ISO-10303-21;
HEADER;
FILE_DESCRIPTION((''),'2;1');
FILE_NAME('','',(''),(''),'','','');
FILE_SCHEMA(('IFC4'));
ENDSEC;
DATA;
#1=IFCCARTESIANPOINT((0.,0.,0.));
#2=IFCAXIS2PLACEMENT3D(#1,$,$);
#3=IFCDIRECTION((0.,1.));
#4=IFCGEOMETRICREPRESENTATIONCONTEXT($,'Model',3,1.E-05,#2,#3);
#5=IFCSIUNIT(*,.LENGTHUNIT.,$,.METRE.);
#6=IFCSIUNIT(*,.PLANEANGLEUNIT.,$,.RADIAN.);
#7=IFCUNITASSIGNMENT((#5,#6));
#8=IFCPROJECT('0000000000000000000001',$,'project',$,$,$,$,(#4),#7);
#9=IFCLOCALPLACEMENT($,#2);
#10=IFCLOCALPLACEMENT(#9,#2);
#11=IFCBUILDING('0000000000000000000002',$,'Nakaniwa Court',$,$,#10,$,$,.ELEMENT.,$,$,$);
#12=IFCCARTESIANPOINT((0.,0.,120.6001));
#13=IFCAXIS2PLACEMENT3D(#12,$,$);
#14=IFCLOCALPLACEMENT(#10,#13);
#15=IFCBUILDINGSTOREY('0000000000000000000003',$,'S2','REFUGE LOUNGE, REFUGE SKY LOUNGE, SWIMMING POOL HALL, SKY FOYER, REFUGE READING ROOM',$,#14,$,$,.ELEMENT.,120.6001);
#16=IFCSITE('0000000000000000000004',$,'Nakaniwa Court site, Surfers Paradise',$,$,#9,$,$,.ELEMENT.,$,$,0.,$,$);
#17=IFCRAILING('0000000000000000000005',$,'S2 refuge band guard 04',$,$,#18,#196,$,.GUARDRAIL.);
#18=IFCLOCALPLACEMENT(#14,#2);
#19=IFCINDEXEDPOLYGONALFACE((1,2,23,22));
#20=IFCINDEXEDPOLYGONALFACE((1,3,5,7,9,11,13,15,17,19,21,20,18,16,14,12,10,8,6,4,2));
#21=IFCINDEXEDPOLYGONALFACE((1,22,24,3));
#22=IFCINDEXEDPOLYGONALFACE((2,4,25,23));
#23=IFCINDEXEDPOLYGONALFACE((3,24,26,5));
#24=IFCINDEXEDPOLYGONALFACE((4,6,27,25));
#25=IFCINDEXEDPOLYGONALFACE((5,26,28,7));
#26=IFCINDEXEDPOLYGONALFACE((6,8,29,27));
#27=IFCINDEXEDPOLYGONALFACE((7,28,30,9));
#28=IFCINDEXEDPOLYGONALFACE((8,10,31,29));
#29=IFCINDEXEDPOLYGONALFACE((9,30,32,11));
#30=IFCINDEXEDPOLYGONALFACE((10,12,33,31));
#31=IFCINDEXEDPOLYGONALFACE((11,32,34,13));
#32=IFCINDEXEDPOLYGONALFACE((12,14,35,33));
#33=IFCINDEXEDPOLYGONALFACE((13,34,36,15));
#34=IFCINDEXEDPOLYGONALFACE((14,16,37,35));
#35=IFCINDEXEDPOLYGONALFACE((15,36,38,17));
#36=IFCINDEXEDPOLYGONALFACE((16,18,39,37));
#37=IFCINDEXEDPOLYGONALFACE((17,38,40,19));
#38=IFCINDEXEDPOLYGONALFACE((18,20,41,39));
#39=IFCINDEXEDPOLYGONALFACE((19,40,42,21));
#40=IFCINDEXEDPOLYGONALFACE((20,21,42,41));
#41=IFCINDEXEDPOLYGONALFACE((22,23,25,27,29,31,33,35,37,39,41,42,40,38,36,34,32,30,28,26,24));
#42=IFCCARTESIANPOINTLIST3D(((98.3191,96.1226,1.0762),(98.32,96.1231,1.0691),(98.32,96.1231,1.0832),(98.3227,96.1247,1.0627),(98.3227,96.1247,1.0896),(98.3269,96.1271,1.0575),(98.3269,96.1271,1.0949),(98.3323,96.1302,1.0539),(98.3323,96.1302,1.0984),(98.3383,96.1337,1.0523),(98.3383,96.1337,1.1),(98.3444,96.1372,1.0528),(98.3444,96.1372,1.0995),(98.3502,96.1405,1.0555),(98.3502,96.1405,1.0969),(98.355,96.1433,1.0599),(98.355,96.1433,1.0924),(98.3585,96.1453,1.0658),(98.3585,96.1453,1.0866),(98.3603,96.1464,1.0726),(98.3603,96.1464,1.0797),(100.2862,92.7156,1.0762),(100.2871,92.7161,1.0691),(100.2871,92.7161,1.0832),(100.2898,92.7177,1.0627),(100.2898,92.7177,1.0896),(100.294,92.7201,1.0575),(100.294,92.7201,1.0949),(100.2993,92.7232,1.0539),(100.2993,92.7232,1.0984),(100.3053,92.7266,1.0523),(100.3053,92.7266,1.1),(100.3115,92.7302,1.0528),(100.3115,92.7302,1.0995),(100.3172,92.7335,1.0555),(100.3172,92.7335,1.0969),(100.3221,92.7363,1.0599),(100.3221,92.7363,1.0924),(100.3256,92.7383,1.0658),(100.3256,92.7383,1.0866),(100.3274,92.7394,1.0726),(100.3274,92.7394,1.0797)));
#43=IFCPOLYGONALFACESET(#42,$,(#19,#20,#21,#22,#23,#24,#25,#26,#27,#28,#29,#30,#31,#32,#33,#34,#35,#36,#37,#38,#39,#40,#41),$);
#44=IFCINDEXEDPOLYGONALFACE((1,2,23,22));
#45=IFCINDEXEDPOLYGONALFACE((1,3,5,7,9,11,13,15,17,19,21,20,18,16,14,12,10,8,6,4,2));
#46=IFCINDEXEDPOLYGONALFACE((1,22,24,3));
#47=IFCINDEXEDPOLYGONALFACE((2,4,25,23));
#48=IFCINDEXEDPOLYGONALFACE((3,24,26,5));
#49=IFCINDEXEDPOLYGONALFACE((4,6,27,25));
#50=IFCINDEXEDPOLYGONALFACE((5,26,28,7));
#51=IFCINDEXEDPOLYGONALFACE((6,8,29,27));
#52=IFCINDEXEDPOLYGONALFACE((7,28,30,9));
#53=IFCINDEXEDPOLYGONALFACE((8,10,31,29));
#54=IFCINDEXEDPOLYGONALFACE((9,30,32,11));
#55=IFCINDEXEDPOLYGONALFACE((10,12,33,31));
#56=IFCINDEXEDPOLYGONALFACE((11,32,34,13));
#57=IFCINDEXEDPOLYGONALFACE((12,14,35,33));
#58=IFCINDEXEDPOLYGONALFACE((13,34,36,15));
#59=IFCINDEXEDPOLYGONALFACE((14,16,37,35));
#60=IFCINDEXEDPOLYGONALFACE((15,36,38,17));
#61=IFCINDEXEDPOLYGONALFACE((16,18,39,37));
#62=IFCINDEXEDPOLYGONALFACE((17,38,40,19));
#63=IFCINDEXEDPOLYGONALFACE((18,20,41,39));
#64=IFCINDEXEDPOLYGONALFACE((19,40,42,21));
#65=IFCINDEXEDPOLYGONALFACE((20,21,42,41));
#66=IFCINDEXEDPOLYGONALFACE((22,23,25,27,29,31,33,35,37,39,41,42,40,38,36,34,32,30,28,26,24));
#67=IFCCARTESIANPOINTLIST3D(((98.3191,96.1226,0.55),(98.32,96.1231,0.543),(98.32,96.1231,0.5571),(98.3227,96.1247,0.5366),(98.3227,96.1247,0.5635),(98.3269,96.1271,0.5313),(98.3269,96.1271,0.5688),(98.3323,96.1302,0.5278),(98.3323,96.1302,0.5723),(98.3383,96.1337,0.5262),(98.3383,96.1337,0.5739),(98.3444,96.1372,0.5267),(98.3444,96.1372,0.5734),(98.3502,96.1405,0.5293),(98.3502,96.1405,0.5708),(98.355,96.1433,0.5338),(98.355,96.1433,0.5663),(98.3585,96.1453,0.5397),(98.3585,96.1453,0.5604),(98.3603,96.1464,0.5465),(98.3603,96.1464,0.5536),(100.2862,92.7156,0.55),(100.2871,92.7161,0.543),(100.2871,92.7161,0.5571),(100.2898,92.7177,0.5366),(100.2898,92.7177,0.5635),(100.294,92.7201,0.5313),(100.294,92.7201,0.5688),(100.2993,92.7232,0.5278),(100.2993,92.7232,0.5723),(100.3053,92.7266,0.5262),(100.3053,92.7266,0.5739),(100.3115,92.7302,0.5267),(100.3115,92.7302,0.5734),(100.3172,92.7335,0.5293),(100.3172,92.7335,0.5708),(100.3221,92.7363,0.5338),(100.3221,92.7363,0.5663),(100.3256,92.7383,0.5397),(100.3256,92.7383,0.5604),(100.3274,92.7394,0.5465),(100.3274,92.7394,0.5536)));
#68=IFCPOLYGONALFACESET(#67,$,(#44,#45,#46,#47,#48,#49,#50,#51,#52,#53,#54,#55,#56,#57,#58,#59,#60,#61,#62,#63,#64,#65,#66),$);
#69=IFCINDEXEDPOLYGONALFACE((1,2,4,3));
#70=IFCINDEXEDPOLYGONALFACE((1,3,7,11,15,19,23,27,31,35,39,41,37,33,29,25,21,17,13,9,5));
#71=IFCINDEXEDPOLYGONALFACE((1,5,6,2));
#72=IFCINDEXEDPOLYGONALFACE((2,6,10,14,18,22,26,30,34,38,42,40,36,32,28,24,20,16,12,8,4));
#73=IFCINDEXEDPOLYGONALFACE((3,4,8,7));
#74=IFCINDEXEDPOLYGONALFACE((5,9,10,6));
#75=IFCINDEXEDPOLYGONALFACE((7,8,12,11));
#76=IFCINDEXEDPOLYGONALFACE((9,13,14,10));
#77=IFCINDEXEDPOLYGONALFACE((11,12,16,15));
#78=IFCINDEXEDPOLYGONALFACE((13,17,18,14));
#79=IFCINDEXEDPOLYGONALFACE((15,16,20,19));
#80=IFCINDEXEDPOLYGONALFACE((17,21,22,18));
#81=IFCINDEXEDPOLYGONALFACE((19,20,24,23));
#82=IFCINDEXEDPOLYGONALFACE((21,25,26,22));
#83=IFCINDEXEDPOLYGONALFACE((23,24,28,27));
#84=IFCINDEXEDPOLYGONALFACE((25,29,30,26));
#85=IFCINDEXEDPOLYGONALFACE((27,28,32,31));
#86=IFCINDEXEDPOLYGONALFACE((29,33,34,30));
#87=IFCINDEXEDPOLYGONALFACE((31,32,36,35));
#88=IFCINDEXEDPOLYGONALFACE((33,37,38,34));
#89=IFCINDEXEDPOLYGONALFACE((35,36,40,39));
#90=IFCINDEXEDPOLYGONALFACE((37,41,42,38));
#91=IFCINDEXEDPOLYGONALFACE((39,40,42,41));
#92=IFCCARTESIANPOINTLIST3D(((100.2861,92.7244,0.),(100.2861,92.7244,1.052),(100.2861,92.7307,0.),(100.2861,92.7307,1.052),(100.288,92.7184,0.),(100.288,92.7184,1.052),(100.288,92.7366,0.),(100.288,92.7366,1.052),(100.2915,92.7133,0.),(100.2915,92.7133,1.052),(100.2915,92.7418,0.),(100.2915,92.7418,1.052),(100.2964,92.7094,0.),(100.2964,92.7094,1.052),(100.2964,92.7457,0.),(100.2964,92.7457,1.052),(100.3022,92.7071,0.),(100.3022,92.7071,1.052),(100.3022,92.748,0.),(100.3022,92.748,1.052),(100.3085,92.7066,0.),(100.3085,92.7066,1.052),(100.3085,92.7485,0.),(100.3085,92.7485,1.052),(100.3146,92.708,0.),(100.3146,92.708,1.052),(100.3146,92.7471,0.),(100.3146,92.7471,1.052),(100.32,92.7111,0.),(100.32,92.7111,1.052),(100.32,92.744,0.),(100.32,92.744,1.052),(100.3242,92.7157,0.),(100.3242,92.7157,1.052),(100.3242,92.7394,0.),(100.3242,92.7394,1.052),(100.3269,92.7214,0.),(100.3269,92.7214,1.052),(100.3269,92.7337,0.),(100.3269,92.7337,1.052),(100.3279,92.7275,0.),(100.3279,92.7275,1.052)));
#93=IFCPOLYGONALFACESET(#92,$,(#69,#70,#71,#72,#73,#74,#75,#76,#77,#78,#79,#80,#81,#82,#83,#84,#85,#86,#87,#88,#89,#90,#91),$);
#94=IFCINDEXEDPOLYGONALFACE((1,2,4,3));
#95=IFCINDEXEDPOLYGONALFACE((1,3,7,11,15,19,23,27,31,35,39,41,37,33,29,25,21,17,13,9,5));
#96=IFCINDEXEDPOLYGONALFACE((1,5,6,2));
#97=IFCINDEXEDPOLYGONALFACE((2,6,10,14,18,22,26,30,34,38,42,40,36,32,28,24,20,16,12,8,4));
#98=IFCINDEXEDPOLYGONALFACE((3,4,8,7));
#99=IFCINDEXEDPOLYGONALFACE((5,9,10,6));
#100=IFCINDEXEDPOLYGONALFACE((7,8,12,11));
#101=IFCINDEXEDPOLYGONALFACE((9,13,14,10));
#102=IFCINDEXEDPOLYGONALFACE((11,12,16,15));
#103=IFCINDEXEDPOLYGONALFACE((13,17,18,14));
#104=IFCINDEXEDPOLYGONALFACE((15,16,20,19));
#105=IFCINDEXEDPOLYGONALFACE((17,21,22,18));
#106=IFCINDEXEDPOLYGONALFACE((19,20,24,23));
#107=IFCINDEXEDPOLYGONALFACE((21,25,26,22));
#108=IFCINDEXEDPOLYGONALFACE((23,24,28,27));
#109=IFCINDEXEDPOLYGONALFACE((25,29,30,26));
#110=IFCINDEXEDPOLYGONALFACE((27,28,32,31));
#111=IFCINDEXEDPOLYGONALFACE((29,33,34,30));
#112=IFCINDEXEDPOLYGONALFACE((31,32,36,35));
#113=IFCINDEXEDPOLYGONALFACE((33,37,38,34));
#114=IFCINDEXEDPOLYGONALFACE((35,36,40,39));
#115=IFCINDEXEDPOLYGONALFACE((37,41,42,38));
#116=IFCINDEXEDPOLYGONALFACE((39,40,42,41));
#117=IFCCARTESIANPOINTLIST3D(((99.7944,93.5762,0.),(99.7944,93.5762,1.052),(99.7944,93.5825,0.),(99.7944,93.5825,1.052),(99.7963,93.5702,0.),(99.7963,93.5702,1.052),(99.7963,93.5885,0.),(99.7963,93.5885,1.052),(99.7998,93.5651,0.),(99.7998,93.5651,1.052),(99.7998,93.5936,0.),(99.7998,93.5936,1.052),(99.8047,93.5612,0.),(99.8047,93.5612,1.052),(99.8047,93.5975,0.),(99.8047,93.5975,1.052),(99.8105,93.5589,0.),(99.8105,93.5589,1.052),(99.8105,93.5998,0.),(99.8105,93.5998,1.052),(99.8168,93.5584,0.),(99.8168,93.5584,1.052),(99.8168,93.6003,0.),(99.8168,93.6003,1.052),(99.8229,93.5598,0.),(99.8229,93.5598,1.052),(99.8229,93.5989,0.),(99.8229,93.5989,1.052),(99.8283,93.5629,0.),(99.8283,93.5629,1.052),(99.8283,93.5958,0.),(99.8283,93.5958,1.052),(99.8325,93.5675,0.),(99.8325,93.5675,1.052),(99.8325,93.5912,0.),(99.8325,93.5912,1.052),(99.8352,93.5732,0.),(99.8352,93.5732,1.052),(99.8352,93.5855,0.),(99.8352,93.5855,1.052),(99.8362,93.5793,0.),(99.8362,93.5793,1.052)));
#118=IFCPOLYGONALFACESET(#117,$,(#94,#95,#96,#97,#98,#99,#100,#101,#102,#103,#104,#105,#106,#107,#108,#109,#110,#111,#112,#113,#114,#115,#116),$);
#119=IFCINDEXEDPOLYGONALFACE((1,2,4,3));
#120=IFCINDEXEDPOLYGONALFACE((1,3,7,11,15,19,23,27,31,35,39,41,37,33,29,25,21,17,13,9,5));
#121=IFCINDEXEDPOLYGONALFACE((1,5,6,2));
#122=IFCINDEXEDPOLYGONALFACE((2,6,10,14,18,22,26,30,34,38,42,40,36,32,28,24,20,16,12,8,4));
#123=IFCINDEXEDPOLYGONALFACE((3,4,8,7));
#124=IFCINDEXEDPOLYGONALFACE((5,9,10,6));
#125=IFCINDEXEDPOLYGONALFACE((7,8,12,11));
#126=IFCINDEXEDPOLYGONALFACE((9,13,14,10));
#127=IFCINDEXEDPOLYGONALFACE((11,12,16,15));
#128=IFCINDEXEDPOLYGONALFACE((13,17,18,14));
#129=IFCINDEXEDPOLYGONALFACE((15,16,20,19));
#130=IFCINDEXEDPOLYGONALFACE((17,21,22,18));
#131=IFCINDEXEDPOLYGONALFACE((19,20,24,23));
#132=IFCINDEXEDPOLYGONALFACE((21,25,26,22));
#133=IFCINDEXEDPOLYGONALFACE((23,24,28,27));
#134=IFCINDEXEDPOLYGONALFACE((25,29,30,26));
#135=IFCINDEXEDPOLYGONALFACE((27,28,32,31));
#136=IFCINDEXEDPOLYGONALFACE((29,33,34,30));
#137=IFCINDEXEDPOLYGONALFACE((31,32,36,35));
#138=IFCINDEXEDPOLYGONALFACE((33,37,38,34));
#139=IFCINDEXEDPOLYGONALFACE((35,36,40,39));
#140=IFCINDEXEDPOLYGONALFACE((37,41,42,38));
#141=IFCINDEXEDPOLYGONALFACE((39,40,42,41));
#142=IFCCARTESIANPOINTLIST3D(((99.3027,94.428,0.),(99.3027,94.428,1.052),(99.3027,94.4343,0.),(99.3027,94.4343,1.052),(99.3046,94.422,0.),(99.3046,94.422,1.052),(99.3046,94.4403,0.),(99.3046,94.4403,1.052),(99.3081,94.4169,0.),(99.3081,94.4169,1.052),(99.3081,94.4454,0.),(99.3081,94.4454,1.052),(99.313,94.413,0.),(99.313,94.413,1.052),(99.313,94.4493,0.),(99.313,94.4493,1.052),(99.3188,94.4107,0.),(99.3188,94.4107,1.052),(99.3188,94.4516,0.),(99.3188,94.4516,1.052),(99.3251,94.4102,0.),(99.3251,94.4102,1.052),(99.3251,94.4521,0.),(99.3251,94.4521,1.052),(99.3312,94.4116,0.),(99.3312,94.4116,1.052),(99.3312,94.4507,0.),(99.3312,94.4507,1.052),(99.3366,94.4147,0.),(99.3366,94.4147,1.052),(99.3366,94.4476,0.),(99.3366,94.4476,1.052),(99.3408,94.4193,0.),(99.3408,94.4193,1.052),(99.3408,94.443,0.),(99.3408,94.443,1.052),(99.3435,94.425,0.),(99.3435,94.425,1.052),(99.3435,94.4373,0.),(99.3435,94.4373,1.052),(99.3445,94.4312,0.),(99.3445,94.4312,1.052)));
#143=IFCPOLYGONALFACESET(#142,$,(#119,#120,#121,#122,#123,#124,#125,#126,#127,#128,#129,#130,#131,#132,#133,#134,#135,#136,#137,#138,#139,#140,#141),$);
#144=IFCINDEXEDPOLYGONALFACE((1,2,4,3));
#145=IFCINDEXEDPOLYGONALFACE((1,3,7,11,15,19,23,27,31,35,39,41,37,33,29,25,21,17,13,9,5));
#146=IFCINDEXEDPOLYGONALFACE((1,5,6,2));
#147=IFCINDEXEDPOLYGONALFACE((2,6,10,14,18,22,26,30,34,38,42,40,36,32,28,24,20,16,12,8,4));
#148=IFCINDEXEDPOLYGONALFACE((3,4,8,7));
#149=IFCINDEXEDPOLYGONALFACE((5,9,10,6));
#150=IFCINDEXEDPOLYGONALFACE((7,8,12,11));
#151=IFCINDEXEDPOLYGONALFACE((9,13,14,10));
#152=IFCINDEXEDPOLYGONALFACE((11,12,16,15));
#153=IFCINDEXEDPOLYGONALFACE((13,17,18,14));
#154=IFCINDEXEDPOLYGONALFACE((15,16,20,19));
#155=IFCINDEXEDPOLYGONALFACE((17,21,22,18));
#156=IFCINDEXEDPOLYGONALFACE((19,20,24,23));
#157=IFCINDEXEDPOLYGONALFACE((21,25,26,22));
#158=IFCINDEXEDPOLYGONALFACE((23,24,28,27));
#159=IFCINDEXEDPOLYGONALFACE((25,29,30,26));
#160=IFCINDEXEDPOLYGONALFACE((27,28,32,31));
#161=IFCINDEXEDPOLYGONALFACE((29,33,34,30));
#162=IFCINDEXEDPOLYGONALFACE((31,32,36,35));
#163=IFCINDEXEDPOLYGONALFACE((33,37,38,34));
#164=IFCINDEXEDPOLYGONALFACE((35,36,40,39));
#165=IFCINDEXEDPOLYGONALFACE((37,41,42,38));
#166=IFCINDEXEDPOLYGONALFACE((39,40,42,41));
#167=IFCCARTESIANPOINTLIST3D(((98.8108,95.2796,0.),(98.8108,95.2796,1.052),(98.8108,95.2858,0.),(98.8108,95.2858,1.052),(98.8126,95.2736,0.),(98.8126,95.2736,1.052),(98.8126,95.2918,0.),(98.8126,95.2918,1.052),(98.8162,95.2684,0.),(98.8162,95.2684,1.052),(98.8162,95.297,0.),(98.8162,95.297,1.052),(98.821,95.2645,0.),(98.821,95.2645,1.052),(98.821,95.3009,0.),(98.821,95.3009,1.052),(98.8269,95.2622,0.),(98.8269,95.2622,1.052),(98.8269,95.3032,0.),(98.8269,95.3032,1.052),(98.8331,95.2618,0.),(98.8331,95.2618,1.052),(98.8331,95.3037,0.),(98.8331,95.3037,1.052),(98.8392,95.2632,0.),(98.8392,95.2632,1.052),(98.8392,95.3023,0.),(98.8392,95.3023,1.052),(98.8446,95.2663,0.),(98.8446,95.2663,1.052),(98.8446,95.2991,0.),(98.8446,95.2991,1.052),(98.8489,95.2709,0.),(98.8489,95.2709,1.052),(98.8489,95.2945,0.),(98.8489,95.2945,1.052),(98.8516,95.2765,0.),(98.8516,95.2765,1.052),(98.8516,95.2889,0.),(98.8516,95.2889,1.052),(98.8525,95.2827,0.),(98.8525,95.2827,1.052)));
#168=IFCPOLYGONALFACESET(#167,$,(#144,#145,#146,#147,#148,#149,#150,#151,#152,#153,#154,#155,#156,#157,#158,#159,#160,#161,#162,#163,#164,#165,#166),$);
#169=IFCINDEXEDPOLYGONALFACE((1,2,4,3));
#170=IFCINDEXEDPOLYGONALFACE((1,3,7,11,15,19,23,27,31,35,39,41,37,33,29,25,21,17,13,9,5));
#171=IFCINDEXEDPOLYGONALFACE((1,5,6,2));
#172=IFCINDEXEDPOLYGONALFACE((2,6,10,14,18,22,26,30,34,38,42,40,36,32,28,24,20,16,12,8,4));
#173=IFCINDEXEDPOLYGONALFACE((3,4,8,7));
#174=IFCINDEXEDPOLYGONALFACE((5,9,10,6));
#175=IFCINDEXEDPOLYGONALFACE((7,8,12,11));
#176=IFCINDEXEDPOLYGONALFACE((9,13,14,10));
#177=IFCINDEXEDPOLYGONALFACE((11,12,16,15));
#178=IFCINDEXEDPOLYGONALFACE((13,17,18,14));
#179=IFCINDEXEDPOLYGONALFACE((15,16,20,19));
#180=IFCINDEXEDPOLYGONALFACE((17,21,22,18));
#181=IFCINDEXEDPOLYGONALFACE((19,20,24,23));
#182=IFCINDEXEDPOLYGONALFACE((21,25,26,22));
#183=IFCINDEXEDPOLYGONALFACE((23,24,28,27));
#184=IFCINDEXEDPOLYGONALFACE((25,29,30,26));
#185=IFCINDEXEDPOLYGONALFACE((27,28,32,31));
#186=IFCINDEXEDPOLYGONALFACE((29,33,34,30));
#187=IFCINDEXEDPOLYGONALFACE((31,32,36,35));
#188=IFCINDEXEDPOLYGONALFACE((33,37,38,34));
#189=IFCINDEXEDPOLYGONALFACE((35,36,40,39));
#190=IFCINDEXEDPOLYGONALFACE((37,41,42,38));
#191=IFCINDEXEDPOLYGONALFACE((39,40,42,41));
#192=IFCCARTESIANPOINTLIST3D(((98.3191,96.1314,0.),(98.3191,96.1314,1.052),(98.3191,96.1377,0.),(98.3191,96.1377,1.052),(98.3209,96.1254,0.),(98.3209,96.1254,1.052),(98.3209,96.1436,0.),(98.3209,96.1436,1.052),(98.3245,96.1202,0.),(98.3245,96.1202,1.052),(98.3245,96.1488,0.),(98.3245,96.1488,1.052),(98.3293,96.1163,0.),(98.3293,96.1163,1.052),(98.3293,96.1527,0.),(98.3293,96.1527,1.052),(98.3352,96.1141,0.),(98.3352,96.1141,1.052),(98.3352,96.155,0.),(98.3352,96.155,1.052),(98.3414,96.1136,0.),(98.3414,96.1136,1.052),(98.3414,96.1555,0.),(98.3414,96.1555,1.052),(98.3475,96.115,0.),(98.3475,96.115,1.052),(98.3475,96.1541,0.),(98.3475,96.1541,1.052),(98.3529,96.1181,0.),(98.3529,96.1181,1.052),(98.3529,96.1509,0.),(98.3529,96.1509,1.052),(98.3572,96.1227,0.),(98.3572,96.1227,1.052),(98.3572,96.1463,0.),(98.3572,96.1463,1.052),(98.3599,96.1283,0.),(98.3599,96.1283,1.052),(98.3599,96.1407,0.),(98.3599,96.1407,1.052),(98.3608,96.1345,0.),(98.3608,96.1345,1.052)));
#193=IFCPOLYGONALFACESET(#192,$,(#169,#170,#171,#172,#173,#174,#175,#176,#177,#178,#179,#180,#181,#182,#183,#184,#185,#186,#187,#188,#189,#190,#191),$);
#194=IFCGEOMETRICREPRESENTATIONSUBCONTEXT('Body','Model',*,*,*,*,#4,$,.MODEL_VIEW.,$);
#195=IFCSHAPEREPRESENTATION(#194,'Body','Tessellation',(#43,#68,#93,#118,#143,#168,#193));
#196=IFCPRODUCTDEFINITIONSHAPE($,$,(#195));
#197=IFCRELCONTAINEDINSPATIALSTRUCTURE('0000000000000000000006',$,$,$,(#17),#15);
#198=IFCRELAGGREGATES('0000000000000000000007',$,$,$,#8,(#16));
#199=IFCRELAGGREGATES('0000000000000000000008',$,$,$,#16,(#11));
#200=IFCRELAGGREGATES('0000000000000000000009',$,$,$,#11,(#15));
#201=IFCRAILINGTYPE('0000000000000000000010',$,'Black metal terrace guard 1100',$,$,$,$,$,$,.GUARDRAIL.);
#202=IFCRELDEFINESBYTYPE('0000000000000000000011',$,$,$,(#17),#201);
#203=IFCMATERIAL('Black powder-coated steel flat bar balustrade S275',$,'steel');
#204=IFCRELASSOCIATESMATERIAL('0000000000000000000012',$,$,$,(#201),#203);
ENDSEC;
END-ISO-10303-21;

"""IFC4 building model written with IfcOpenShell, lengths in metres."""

from ifc_helpers import new_model, si_unit, direction, frame, origin, origin_2d, place, context, subcontext, project, spatial, circle, extrude, material, type_object, element, save


model = new_model("IFC4")

# Units and contexts
model_context = context("Model", 3, precision=1e-05, world=origin(), true_north=direction((0.0, 1.0)))
body_context = subcontext(model_context, "Body", "Model", "MODEL_VIEW")
ifc_project = project(units=[si_unit("LENGTHUNIT", "METRE"), si_unit("PLANEANGLEUNIT", "RADIAN")], contexts=[model_context])

# Site, building, storey
site_placement = place(None, origin())
site = spatial("IfcSite", under=ifc_project, at=site_placement, Name="Nakaniwa Court site, Surfers Paradise", CompositionType="ELEMENT", RefElevation=0.0)
building_placement = place(site_placement, origin())
building = spatial("IfcBuilding", under=site, at=building_placement, Name="Nakaniwa Court", CompositionType="ELEMENT")
storey_placement = place(building_placement, frame((0.0, 0.0, 120.6001)))
storey = spatial("IfcBuildingStorey", under=building, at=storey_placement, Name="S2", Description="REFUGE LOUNGE, REFUGE SKY LOUNGE, SWIMMING POOL HALL, SKY FOYER, REFUGE READING ROOM", CompositionType="ELEMENT", Elevation=120.6001)

# Railing
ifc_material_1 = material(Name="Black powder-coated steel flat bar balustrade S275", Category="steel")
railing_type = type_object("IfcRailingType", Name="Black metal terrace guard 1100", PredefinedType="GUARDRAIL", material=ifc_material_1)
railing_1_placement = place(storey_placement, frame((100.3069, 92.7275, 0.0)))
element("IfcRailing", 1, at=railing_1_placement, inside=storey, type_object=railing_type, Name="S2 refuge band guard 04", PredefinedType="GUARDRAIL", context=body_context, shape_type="SweptSolid", body=[
    extrude(circle(Radius=0.0239, at=origin_2d()), frame((0.0, 0.0, 1.0762), z_axis=(-0.500004, 0.866023, 0.0), x_axis=(-0.866023, -0.500004, 0.0)), (0.0, 0.0, 1.0), 3.9341),
    extrude(circle(Radius=0.0239, at=origin_2d()), frame((0.0, 0.0, 0.55), z_axis=(-0.500004, 0.866023, 0.0), x_axis=(-0.866023, -0.500004, 0.0)), (0.0, 0.0, 1.0), 3.9341),
    extrude(circle(Radius=0.021, at=origin_2d()), origin(), (0.0, 0.0, 1.0), 1.052),
    extrude(circle(Radius=0.021, at=origin_2d()), frame((-0.4917, 0.8518, 0.0)), (0.0, 0.0, 1.0), 1.052),
    extrude(circle(Radius=0.021, at=origin_2d()), frame((-0.9834, 1.7036, 0.0)), (0.0, 0.0, 1.0), 1.052),
    extrude(circle(Radius=0.021, at=origin_2d()), frame((-1.4753, 2.5552, 0.0)), (0.0, 0.0, 1.0), 1.052),
    extrude(circle(Radius=0.021, at=origin_2d()), frame((-1.967, 3.407, 0.0)), (0.0, 0.0, 1.0), 1.052),
])

save(model, "model.ifc")
